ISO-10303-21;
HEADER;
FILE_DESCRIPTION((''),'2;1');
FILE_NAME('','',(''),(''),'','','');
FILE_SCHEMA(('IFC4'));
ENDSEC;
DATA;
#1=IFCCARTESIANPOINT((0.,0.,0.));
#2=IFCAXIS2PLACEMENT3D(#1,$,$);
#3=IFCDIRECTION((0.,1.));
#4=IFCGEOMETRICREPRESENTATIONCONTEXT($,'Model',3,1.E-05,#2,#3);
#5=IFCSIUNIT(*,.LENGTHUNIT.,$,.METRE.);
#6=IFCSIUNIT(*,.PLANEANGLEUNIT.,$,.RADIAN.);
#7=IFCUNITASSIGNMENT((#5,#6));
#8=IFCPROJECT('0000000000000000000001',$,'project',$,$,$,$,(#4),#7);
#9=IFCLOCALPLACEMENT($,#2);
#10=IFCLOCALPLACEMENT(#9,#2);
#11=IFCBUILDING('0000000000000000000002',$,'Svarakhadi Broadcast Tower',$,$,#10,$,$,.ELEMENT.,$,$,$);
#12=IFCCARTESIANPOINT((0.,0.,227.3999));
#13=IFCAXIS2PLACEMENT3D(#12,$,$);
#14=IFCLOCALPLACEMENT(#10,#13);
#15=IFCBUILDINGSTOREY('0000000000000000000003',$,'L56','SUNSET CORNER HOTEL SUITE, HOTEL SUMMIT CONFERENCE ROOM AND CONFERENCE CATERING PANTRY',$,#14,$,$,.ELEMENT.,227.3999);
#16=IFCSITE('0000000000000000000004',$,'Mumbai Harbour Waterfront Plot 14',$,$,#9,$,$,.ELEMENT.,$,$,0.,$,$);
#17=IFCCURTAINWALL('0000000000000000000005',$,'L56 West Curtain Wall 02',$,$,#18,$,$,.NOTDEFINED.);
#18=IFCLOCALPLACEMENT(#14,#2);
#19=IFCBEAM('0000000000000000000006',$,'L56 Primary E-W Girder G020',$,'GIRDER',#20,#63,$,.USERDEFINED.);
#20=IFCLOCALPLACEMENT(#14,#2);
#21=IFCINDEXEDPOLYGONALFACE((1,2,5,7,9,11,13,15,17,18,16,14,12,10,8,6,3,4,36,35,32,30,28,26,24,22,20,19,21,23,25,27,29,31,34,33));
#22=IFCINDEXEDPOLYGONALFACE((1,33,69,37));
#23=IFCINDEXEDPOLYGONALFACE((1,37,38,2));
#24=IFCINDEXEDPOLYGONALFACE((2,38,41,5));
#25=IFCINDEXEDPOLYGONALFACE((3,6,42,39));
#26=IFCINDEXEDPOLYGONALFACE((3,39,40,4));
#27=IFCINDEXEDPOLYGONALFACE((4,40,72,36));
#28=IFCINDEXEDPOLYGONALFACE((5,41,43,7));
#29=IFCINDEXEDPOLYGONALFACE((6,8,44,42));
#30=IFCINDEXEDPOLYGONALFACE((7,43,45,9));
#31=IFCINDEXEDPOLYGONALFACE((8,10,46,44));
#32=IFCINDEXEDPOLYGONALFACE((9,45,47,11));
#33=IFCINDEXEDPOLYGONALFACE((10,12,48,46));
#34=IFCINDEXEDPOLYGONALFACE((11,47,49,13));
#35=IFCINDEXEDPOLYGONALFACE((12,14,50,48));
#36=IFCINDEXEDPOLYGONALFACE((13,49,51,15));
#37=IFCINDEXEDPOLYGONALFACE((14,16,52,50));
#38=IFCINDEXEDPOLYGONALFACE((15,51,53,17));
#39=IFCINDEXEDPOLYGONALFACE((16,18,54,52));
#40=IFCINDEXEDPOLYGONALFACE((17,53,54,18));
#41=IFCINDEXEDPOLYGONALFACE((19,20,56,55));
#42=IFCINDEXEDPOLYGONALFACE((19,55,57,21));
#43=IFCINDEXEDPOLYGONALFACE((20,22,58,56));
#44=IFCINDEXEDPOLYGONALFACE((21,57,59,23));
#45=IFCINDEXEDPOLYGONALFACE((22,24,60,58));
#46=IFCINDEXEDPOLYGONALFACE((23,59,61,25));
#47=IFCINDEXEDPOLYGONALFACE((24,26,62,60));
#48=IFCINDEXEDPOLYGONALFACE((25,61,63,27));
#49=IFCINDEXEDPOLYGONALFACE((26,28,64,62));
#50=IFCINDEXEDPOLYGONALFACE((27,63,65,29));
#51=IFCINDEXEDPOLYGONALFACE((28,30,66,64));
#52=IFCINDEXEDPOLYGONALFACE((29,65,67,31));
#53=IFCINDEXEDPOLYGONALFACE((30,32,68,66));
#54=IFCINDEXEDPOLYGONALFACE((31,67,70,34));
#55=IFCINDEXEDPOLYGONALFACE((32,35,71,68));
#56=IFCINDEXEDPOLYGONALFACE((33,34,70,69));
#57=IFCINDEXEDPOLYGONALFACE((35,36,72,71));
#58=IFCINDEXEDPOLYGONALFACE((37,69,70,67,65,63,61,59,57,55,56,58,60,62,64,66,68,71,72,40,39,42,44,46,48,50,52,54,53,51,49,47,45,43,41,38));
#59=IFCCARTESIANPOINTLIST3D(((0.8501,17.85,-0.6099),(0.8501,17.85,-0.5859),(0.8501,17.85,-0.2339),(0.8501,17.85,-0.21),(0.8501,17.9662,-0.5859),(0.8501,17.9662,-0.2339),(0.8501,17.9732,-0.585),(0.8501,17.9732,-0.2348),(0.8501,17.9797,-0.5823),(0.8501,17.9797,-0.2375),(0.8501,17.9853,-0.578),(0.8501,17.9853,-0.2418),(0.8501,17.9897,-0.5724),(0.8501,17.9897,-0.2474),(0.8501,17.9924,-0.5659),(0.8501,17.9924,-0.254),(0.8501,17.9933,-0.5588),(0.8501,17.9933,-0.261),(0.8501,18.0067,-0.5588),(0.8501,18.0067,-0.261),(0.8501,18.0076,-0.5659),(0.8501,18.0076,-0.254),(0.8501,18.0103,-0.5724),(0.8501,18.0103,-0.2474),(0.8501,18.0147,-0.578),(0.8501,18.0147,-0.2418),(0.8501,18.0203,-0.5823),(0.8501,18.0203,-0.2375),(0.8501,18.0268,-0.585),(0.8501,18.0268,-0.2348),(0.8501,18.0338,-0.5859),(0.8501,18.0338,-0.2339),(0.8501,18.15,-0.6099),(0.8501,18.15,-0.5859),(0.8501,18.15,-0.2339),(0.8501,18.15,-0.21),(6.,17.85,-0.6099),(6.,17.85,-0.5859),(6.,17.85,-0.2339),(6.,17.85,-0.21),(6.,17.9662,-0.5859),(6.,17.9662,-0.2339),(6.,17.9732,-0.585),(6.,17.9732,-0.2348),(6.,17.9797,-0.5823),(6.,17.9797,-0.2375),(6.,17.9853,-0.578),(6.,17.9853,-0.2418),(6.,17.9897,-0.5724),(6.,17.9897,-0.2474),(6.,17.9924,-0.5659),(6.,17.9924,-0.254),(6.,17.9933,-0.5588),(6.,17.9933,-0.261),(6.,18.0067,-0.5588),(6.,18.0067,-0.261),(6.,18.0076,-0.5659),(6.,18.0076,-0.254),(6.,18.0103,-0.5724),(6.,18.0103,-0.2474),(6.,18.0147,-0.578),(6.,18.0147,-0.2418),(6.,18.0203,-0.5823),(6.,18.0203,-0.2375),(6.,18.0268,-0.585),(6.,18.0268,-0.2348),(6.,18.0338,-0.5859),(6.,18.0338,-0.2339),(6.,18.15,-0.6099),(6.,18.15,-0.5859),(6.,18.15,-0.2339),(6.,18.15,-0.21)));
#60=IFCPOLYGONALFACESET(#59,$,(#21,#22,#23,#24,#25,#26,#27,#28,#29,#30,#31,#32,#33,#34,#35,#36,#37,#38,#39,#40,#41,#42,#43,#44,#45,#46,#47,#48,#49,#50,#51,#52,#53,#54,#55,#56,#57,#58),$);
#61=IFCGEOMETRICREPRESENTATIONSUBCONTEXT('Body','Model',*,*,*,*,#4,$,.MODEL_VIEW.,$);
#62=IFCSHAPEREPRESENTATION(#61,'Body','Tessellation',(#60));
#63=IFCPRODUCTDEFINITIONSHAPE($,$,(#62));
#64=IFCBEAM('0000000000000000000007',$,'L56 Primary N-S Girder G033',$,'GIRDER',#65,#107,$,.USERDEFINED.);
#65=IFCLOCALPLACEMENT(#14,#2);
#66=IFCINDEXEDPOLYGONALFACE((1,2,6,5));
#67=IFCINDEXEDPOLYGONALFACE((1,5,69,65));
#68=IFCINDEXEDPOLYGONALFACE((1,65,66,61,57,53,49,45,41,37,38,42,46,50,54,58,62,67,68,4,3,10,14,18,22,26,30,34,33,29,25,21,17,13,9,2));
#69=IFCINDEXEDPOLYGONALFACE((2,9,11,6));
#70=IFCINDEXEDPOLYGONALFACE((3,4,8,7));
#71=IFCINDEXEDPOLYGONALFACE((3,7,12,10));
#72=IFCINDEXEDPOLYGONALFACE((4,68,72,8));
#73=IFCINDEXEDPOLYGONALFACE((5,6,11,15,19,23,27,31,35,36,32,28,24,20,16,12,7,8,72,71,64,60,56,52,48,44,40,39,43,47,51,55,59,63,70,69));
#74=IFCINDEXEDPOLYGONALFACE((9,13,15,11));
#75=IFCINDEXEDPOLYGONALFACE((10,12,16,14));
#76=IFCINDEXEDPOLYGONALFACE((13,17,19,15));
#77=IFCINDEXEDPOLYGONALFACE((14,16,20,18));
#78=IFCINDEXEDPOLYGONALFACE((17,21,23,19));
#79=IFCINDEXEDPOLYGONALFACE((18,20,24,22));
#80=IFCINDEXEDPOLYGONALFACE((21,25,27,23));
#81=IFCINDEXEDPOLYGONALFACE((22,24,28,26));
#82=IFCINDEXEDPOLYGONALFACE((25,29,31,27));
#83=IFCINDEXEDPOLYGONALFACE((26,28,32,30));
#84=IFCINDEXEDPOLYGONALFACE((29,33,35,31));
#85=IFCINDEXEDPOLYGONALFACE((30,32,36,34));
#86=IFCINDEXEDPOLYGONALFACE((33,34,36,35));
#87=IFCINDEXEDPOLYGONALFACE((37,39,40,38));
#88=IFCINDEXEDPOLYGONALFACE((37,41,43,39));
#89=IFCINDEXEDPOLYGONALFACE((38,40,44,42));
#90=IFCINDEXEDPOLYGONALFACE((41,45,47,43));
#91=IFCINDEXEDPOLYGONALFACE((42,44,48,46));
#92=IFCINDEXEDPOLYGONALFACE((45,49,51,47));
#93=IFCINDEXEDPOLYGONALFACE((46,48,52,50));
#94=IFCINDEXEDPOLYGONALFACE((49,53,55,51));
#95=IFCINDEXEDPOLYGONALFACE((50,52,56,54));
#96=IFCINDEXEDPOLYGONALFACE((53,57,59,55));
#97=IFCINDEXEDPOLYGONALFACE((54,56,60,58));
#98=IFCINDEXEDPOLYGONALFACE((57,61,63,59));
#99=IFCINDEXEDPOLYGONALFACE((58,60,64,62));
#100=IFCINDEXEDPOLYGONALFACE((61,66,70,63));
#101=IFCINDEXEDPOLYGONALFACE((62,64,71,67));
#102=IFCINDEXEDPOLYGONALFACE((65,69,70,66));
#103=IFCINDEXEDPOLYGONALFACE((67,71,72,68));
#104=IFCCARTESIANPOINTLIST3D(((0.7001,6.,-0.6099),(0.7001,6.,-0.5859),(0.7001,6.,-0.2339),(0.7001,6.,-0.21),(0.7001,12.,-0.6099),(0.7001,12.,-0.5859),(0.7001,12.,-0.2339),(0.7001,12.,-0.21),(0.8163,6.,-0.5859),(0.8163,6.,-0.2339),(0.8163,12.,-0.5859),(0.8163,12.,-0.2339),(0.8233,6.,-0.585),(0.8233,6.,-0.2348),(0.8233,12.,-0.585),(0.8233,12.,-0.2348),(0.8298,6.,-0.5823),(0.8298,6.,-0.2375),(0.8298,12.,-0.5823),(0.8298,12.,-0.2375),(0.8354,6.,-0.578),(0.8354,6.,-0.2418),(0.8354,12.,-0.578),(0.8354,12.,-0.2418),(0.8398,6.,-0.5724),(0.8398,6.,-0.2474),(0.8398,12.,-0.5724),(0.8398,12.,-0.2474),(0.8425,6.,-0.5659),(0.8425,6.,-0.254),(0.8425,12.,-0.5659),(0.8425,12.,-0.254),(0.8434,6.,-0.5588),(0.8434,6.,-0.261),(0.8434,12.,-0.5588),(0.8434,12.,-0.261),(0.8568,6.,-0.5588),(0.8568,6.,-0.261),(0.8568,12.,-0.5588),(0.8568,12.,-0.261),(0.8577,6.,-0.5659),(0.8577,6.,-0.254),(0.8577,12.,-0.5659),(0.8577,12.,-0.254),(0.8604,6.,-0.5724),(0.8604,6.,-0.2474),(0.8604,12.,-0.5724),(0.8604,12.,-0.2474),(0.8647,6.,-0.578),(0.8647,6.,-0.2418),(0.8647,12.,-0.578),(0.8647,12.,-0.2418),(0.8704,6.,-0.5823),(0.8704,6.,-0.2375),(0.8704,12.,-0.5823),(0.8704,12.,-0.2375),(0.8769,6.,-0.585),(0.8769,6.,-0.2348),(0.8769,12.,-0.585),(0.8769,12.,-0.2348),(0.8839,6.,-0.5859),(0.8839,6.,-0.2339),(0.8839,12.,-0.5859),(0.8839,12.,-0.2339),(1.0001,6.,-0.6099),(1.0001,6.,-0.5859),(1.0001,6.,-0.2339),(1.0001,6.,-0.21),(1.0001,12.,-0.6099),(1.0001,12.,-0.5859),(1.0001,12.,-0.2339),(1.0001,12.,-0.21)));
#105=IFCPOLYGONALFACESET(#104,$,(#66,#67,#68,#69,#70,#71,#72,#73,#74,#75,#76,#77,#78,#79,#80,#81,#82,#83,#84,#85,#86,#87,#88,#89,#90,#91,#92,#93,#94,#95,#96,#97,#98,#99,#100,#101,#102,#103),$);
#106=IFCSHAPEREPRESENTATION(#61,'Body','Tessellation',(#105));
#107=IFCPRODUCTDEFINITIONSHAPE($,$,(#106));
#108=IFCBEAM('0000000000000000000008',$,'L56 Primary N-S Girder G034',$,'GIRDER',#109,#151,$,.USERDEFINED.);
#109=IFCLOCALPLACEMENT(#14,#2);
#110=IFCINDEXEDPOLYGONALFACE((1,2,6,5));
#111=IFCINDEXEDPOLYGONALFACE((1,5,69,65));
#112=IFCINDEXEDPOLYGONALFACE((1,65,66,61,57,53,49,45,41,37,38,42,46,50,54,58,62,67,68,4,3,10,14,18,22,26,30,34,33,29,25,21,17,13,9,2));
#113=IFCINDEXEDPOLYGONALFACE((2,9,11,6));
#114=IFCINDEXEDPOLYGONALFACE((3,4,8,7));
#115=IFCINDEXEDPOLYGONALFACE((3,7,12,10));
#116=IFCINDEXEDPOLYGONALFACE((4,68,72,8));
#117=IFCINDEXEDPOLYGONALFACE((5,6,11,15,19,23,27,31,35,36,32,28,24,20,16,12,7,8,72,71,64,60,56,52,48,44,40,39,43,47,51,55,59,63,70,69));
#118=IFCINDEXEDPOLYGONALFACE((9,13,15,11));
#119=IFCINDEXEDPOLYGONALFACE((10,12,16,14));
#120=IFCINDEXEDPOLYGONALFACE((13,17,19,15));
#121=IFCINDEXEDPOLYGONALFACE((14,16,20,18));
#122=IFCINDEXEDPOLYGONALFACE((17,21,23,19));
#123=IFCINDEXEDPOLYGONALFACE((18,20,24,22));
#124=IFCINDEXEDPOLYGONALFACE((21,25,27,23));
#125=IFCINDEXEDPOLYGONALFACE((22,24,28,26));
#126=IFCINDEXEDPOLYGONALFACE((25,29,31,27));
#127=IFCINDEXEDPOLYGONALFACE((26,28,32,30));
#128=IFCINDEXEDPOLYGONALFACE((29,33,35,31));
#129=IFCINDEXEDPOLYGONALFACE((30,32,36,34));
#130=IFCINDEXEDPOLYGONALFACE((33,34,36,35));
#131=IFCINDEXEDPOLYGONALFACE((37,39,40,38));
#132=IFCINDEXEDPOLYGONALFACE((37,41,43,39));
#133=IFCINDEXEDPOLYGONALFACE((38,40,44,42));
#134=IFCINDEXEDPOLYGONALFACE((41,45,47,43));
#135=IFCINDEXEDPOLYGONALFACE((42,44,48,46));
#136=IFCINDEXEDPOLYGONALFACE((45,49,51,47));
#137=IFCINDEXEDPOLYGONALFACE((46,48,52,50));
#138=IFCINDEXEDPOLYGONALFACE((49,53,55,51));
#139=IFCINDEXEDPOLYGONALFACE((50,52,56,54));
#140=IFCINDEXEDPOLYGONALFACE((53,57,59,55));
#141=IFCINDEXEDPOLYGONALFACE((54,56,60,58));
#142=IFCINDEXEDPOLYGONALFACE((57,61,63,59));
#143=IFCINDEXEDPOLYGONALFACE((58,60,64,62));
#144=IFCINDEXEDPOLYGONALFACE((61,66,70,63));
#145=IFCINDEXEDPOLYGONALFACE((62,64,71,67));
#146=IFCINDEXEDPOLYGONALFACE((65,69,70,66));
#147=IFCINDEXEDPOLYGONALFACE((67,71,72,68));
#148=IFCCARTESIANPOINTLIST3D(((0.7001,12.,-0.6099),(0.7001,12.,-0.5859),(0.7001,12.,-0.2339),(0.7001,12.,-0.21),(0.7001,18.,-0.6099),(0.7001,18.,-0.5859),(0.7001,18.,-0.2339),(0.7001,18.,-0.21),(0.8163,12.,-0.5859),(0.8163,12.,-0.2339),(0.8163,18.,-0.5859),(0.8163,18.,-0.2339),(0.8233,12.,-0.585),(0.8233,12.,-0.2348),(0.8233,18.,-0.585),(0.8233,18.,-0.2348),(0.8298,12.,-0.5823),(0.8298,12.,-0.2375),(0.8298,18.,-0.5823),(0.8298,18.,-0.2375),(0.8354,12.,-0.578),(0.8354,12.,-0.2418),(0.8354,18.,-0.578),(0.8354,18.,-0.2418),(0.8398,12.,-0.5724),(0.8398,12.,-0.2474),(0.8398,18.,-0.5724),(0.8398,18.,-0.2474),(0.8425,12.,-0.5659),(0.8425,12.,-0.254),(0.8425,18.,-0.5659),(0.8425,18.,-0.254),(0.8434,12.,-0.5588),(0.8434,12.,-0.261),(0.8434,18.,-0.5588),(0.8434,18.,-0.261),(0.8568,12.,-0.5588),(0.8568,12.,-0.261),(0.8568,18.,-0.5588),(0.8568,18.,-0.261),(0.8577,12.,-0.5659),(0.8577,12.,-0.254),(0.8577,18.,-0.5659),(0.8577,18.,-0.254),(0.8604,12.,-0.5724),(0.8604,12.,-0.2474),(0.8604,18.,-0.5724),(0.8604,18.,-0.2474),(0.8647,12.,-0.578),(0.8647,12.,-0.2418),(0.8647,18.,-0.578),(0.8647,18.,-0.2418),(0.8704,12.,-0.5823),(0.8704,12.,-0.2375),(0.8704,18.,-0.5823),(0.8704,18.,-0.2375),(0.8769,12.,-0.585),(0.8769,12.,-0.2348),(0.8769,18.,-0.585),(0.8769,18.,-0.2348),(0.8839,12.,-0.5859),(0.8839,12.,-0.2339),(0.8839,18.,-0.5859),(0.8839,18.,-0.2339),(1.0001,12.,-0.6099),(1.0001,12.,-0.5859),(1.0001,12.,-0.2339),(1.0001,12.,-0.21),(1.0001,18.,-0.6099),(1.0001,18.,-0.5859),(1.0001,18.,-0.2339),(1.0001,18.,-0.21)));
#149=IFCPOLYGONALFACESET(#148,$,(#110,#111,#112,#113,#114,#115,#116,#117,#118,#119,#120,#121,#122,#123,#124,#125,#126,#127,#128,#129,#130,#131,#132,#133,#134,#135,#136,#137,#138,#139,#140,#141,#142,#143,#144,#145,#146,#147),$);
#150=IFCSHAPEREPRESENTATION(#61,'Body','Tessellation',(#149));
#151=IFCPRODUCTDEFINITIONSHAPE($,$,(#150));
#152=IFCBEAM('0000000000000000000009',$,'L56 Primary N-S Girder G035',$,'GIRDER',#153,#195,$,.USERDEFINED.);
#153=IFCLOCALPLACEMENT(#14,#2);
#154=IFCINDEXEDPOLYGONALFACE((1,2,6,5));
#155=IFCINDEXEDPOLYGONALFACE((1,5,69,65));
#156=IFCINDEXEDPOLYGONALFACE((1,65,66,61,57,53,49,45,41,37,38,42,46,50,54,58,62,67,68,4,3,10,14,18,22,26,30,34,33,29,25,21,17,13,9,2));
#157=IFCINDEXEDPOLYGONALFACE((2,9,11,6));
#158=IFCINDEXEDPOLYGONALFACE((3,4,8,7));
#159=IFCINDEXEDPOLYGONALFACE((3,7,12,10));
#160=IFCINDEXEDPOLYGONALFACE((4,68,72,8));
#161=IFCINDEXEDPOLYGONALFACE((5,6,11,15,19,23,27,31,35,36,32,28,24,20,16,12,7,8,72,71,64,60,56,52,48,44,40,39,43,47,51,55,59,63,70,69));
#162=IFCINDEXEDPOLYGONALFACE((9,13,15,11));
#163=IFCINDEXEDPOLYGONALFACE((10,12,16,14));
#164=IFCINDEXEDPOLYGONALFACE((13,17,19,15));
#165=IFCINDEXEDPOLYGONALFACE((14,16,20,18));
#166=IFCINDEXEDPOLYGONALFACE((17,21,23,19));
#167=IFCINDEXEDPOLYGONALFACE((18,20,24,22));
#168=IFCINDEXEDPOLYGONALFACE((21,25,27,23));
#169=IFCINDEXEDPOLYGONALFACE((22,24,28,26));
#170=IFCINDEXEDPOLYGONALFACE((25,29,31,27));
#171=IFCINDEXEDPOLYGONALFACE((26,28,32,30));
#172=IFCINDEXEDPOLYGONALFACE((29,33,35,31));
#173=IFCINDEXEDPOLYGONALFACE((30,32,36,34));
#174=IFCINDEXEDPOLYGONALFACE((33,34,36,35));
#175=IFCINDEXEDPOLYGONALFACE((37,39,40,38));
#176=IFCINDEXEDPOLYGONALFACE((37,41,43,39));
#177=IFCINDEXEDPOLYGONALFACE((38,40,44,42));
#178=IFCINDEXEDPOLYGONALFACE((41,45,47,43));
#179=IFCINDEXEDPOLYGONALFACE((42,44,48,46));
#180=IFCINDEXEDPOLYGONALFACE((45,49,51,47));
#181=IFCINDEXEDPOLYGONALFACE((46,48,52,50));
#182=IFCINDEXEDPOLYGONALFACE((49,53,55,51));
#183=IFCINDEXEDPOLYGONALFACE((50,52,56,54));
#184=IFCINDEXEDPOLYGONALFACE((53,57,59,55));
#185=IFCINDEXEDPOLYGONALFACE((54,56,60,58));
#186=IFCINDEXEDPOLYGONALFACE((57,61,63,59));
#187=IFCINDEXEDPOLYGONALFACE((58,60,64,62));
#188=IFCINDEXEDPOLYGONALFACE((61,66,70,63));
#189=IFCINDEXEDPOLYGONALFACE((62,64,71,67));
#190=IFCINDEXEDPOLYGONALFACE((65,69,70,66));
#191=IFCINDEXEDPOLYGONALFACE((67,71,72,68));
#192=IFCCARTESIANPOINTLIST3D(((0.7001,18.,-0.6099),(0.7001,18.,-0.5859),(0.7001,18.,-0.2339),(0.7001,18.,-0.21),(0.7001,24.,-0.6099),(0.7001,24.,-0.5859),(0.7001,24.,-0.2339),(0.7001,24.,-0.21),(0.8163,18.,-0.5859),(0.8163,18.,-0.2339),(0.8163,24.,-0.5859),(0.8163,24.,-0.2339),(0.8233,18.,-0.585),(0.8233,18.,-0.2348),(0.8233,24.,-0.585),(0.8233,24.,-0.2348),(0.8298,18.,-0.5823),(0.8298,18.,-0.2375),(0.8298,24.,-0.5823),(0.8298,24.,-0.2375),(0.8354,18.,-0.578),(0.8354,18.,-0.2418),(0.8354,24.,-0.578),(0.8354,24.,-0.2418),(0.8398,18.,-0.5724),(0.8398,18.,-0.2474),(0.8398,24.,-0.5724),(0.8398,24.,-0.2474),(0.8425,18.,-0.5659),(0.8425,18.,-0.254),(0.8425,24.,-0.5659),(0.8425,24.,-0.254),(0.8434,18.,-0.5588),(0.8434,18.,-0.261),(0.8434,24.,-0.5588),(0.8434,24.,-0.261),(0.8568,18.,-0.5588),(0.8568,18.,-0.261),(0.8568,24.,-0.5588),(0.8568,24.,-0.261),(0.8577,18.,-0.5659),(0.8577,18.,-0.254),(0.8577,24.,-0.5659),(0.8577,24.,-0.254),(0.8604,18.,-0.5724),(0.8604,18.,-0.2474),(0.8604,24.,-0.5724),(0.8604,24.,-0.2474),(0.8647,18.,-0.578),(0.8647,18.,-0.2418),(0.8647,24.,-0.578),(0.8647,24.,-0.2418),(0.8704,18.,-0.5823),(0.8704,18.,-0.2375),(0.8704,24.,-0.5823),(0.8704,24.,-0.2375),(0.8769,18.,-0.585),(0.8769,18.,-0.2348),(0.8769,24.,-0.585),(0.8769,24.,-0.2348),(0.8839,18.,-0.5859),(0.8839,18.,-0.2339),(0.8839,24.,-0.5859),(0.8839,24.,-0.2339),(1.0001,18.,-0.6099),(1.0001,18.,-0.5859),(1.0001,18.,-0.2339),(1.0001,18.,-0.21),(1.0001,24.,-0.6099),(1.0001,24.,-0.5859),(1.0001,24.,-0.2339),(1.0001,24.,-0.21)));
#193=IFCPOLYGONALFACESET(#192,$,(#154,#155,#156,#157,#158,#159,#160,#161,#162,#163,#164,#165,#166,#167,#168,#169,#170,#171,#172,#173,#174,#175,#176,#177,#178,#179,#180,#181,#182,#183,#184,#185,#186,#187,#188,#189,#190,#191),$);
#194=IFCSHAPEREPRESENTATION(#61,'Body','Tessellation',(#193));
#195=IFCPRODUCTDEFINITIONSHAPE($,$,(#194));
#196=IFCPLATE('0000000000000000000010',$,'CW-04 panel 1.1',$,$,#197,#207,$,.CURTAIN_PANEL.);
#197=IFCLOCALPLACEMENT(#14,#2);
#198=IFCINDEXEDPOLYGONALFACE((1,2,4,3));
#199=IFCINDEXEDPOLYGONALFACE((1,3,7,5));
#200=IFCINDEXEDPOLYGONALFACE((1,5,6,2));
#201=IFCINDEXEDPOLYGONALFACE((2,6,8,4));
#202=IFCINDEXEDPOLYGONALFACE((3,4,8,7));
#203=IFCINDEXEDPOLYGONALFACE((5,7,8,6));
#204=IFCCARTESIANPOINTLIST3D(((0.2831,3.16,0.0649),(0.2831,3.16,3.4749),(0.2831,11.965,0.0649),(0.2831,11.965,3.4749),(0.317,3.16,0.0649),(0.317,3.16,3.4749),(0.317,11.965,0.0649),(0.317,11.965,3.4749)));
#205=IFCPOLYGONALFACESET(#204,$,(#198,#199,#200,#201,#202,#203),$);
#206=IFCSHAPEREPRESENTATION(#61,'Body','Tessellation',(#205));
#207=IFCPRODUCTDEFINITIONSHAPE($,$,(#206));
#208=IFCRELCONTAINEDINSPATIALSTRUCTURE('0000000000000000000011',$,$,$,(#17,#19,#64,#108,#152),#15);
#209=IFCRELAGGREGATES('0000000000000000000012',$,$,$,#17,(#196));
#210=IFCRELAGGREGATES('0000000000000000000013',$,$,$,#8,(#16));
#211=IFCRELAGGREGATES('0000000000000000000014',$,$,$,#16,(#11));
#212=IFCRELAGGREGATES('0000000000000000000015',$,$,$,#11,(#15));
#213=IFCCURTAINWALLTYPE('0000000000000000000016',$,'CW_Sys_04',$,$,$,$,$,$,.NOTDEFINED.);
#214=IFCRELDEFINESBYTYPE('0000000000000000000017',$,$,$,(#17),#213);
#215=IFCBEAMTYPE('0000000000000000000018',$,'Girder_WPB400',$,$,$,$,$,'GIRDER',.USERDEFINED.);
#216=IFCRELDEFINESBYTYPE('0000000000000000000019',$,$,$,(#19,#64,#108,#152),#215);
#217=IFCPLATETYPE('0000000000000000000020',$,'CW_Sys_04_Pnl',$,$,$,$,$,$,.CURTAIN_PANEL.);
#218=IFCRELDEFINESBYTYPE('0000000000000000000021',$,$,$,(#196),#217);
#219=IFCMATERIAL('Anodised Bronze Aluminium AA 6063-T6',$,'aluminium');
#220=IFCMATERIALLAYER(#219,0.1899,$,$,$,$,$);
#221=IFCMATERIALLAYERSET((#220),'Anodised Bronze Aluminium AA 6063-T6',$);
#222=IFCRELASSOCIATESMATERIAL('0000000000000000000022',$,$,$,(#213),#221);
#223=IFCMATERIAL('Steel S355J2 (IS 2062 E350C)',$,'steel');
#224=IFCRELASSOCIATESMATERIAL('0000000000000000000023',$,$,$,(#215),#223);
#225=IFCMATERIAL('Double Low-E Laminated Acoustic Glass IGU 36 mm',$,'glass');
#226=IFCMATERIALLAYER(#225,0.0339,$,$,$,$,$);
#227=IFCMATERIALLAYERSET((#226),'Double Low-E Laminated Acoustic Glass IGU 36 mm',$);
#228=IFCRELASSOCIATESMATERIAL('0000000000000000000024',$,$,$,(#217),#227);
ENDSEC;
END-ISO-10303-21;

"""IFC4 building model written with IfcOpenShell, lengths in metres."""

from ifc_helpers import new_model, si_unit, direction, frame, origin, origin_2d, place, context, subcontext, project, spatial, rectangle, i_section, extrude, material, layer, layer_set, material_profile, profile_set, type_object, element, aggregate, save


model = new_model("IFC4")

# Units and contexts
model_context = context("Model", 3, precision=1e-05, world=origin(), true_north=direction((0.0, 1.0)))
body_context = subcontext(model_context, "Body", "Model", "MODEL_VIEW")
ifc_project = project(units=[si_unit("LENGTHUNIT", "METRE"), si_unit("PLANEANGLEUNIT", "RADIAN")], contexts=[model_context])

# Site, building, storey
site_placement = place(None, origin())
site = spatial("IfcSite", under=ifc_project, at=site_placement, Name="Mumbai Harbour Waterfront Plot 14", CompositionType="ELEMENT", RefElevation=0.0)
building_placement = place(site_placement, origin())
building = spatial("IfcBuilding", under=site, at=building_placement, Name="Svarakhadi Broadcast Tower", CompositionType="ELEMENT")
storey_placement = place(building_placement, frame((0.0, 0.0, 227.3999)))
storey = spatial("IfcBuildingStorey", under=building, at=storey_placement, Name="L56", Description="SUNSET CORNER HOTEL SUITE, HOTEL SUMMIT CONFERENCE ROOM AND CONFERENCE CATERING PANTRY", CompositionType="ELEMENT", Elevation=227.3999)

# Shared definitions
ifc_material_1 = material(Name="Steel S355J2 (IS 2062 E350C)", Category="steel")

# Curtain wall
ifc_material_2 = material(Name="Anodised Bronze Aluminium AA 6063-T6", Category="aluminium")
ifc_layer_1 = layer(ifc_material_2, 0.1899)
ifc_layer_set_1 = layer_set([ifc_layer_1], Name="Anodised Bronze Aluminium AA 6063-T6")
curtain_wall_type = type_object("IfcCurtainWallType", Name="CW_Sys_04", PredefinedType="NOTDEFINED", material=ifc_layer_set_1)
curtain_wall_placement = place(storey_placement, origin())
curtain_wall = element("IfcCurtainWall", 1, at=curtain_wall_placement, inside=storey, type_object=curtain_wall_type, Name="L56 West Curtain Wall 02", PredefinedType="NOTDEFINED")

# Beams
ifc_material_profile_1 = material_profile(ifc_material_1, i_section(OverallWidth=0.3, OverallDepth=0.3999, WebThickness=0.0134, FlangeThickness=0.0239, FilletRadius=0.0271, at=origin_2d()), Name="WPB 400x300x155")
ifc_profile_set_1 = profile_set([ifc_material_profile_1], Name="Steel S355J2 (IS 2062 E350C)")
beam_type_1 = type_object("IfcBeamType", Name="Girder_WPB400", ElementType="GIRDER", PredefinedType="USERDEFINED", material=ifc_profile_set_1)
for number, where, z_axis, x_axis, name in (
    (2, (0.8501, 18.0, -0.4099), (1.0, 0.0, 0.0), (0.0, 1.0, 0.0), "L56 Primary E-W Girder G020"),
):
    element("IfcBeam", number, at=place(storey_placement, frame(where, z_axis=z_axis, x_axis=x_axis)), inside=storey, type_object=beam_type_1, Name=name, ObjectType="GIRDER", PredefinedType="USERDEFINED", context=body_context, shape_type="SweptSolid", body=[
        extrude(i_section(OverallWidth=0.3, OverallDepth=0.3999, WebThickness=0.0134, FlangeThickness=0.0239, FilletRadius=0.0271, at=origin_2d()), origin(), (0.0, 0.0, 1.0), 5.1499),
    ])
for number, where, z_axis, x_axis, name in (
    (3, (0.8501, 6.0, -0.4099), (0.0, 1.0, 0.0), (-1.0, 0.0, 0.0), "L56 Primary N-S Girder G033"),
    (4, (0.8501, 12.0, -0.4099), (0.0, 1.0, 0.0), (-1.0, 0.0, 0.0), "L56 Primary N-S Girder G034"),
    (5, (0.8501, 18.0, -0.4099), (0.0, 1.0, 0.0), (-1.0, 0.0, 0.0), "L56 Primary N-S Girder G035"),
):
    element("IfcBeam", number, at=place(storey_placement, frame(where, z_axis=z_axis, x_axis=x_axis)), inside=storey, type_object=beam_type_1, Name=name, ObjectType="GIRDER", PredefinedType="USERDEFINED", context=body_context, shape_type="SweptSolid", body=[
        extrude(i_section(OverallWidth=0.3, OverallDepth=0.3999, WebThickness=0.0134, FlangeThickness=0.0239, FilletRadius=0.0271, at=origin_2d()), origin(), (0.0, 0.0, 1.0), 6.0),
    ])

# Plate
ifc_material_3 = material(Name="Double Low-E Laminated Acoustic Glass IGU 36 mm", Category="glass")
ifc_layer_2 = layer(ifc_material_3, 0.0339)
ifc_layer_set_2 = layer_set([ifc_layer_2], Name="Double Low-E Laminated Acoustic Glass IGU 36 mm")
plate_type_1 = type_object("IfcPlateType", Name="CW_Sys_04_Pnl", PredefinedType="CURTAIN_PANEL", material=ifc_layer_set_2)
plate_1_placement = place(storey_placement, frame((0.3, 7.5625, 0.0649), z_axis=(0.0, 0.0, 1.0), x_axis=(0.0, 1.0, 0.0)))
plate_1 = element("IfcPlate", 6, at=plate_1_placement, type_object=plate_type_1, Name="CW-04 panel 1.1", PredefinedType="CURTAIN_PANEL", context=body_context, shape_type="SweptSolid", body=[
    extrude(rectangle(XDim=8.8049, YDim=0.0339, at=origin_2d()), origin(), (0.0, 0.0, 1.0), 3.4099),
])
aggregate(curtain_wall, [plate_1])

save(model, "model.ifc")
